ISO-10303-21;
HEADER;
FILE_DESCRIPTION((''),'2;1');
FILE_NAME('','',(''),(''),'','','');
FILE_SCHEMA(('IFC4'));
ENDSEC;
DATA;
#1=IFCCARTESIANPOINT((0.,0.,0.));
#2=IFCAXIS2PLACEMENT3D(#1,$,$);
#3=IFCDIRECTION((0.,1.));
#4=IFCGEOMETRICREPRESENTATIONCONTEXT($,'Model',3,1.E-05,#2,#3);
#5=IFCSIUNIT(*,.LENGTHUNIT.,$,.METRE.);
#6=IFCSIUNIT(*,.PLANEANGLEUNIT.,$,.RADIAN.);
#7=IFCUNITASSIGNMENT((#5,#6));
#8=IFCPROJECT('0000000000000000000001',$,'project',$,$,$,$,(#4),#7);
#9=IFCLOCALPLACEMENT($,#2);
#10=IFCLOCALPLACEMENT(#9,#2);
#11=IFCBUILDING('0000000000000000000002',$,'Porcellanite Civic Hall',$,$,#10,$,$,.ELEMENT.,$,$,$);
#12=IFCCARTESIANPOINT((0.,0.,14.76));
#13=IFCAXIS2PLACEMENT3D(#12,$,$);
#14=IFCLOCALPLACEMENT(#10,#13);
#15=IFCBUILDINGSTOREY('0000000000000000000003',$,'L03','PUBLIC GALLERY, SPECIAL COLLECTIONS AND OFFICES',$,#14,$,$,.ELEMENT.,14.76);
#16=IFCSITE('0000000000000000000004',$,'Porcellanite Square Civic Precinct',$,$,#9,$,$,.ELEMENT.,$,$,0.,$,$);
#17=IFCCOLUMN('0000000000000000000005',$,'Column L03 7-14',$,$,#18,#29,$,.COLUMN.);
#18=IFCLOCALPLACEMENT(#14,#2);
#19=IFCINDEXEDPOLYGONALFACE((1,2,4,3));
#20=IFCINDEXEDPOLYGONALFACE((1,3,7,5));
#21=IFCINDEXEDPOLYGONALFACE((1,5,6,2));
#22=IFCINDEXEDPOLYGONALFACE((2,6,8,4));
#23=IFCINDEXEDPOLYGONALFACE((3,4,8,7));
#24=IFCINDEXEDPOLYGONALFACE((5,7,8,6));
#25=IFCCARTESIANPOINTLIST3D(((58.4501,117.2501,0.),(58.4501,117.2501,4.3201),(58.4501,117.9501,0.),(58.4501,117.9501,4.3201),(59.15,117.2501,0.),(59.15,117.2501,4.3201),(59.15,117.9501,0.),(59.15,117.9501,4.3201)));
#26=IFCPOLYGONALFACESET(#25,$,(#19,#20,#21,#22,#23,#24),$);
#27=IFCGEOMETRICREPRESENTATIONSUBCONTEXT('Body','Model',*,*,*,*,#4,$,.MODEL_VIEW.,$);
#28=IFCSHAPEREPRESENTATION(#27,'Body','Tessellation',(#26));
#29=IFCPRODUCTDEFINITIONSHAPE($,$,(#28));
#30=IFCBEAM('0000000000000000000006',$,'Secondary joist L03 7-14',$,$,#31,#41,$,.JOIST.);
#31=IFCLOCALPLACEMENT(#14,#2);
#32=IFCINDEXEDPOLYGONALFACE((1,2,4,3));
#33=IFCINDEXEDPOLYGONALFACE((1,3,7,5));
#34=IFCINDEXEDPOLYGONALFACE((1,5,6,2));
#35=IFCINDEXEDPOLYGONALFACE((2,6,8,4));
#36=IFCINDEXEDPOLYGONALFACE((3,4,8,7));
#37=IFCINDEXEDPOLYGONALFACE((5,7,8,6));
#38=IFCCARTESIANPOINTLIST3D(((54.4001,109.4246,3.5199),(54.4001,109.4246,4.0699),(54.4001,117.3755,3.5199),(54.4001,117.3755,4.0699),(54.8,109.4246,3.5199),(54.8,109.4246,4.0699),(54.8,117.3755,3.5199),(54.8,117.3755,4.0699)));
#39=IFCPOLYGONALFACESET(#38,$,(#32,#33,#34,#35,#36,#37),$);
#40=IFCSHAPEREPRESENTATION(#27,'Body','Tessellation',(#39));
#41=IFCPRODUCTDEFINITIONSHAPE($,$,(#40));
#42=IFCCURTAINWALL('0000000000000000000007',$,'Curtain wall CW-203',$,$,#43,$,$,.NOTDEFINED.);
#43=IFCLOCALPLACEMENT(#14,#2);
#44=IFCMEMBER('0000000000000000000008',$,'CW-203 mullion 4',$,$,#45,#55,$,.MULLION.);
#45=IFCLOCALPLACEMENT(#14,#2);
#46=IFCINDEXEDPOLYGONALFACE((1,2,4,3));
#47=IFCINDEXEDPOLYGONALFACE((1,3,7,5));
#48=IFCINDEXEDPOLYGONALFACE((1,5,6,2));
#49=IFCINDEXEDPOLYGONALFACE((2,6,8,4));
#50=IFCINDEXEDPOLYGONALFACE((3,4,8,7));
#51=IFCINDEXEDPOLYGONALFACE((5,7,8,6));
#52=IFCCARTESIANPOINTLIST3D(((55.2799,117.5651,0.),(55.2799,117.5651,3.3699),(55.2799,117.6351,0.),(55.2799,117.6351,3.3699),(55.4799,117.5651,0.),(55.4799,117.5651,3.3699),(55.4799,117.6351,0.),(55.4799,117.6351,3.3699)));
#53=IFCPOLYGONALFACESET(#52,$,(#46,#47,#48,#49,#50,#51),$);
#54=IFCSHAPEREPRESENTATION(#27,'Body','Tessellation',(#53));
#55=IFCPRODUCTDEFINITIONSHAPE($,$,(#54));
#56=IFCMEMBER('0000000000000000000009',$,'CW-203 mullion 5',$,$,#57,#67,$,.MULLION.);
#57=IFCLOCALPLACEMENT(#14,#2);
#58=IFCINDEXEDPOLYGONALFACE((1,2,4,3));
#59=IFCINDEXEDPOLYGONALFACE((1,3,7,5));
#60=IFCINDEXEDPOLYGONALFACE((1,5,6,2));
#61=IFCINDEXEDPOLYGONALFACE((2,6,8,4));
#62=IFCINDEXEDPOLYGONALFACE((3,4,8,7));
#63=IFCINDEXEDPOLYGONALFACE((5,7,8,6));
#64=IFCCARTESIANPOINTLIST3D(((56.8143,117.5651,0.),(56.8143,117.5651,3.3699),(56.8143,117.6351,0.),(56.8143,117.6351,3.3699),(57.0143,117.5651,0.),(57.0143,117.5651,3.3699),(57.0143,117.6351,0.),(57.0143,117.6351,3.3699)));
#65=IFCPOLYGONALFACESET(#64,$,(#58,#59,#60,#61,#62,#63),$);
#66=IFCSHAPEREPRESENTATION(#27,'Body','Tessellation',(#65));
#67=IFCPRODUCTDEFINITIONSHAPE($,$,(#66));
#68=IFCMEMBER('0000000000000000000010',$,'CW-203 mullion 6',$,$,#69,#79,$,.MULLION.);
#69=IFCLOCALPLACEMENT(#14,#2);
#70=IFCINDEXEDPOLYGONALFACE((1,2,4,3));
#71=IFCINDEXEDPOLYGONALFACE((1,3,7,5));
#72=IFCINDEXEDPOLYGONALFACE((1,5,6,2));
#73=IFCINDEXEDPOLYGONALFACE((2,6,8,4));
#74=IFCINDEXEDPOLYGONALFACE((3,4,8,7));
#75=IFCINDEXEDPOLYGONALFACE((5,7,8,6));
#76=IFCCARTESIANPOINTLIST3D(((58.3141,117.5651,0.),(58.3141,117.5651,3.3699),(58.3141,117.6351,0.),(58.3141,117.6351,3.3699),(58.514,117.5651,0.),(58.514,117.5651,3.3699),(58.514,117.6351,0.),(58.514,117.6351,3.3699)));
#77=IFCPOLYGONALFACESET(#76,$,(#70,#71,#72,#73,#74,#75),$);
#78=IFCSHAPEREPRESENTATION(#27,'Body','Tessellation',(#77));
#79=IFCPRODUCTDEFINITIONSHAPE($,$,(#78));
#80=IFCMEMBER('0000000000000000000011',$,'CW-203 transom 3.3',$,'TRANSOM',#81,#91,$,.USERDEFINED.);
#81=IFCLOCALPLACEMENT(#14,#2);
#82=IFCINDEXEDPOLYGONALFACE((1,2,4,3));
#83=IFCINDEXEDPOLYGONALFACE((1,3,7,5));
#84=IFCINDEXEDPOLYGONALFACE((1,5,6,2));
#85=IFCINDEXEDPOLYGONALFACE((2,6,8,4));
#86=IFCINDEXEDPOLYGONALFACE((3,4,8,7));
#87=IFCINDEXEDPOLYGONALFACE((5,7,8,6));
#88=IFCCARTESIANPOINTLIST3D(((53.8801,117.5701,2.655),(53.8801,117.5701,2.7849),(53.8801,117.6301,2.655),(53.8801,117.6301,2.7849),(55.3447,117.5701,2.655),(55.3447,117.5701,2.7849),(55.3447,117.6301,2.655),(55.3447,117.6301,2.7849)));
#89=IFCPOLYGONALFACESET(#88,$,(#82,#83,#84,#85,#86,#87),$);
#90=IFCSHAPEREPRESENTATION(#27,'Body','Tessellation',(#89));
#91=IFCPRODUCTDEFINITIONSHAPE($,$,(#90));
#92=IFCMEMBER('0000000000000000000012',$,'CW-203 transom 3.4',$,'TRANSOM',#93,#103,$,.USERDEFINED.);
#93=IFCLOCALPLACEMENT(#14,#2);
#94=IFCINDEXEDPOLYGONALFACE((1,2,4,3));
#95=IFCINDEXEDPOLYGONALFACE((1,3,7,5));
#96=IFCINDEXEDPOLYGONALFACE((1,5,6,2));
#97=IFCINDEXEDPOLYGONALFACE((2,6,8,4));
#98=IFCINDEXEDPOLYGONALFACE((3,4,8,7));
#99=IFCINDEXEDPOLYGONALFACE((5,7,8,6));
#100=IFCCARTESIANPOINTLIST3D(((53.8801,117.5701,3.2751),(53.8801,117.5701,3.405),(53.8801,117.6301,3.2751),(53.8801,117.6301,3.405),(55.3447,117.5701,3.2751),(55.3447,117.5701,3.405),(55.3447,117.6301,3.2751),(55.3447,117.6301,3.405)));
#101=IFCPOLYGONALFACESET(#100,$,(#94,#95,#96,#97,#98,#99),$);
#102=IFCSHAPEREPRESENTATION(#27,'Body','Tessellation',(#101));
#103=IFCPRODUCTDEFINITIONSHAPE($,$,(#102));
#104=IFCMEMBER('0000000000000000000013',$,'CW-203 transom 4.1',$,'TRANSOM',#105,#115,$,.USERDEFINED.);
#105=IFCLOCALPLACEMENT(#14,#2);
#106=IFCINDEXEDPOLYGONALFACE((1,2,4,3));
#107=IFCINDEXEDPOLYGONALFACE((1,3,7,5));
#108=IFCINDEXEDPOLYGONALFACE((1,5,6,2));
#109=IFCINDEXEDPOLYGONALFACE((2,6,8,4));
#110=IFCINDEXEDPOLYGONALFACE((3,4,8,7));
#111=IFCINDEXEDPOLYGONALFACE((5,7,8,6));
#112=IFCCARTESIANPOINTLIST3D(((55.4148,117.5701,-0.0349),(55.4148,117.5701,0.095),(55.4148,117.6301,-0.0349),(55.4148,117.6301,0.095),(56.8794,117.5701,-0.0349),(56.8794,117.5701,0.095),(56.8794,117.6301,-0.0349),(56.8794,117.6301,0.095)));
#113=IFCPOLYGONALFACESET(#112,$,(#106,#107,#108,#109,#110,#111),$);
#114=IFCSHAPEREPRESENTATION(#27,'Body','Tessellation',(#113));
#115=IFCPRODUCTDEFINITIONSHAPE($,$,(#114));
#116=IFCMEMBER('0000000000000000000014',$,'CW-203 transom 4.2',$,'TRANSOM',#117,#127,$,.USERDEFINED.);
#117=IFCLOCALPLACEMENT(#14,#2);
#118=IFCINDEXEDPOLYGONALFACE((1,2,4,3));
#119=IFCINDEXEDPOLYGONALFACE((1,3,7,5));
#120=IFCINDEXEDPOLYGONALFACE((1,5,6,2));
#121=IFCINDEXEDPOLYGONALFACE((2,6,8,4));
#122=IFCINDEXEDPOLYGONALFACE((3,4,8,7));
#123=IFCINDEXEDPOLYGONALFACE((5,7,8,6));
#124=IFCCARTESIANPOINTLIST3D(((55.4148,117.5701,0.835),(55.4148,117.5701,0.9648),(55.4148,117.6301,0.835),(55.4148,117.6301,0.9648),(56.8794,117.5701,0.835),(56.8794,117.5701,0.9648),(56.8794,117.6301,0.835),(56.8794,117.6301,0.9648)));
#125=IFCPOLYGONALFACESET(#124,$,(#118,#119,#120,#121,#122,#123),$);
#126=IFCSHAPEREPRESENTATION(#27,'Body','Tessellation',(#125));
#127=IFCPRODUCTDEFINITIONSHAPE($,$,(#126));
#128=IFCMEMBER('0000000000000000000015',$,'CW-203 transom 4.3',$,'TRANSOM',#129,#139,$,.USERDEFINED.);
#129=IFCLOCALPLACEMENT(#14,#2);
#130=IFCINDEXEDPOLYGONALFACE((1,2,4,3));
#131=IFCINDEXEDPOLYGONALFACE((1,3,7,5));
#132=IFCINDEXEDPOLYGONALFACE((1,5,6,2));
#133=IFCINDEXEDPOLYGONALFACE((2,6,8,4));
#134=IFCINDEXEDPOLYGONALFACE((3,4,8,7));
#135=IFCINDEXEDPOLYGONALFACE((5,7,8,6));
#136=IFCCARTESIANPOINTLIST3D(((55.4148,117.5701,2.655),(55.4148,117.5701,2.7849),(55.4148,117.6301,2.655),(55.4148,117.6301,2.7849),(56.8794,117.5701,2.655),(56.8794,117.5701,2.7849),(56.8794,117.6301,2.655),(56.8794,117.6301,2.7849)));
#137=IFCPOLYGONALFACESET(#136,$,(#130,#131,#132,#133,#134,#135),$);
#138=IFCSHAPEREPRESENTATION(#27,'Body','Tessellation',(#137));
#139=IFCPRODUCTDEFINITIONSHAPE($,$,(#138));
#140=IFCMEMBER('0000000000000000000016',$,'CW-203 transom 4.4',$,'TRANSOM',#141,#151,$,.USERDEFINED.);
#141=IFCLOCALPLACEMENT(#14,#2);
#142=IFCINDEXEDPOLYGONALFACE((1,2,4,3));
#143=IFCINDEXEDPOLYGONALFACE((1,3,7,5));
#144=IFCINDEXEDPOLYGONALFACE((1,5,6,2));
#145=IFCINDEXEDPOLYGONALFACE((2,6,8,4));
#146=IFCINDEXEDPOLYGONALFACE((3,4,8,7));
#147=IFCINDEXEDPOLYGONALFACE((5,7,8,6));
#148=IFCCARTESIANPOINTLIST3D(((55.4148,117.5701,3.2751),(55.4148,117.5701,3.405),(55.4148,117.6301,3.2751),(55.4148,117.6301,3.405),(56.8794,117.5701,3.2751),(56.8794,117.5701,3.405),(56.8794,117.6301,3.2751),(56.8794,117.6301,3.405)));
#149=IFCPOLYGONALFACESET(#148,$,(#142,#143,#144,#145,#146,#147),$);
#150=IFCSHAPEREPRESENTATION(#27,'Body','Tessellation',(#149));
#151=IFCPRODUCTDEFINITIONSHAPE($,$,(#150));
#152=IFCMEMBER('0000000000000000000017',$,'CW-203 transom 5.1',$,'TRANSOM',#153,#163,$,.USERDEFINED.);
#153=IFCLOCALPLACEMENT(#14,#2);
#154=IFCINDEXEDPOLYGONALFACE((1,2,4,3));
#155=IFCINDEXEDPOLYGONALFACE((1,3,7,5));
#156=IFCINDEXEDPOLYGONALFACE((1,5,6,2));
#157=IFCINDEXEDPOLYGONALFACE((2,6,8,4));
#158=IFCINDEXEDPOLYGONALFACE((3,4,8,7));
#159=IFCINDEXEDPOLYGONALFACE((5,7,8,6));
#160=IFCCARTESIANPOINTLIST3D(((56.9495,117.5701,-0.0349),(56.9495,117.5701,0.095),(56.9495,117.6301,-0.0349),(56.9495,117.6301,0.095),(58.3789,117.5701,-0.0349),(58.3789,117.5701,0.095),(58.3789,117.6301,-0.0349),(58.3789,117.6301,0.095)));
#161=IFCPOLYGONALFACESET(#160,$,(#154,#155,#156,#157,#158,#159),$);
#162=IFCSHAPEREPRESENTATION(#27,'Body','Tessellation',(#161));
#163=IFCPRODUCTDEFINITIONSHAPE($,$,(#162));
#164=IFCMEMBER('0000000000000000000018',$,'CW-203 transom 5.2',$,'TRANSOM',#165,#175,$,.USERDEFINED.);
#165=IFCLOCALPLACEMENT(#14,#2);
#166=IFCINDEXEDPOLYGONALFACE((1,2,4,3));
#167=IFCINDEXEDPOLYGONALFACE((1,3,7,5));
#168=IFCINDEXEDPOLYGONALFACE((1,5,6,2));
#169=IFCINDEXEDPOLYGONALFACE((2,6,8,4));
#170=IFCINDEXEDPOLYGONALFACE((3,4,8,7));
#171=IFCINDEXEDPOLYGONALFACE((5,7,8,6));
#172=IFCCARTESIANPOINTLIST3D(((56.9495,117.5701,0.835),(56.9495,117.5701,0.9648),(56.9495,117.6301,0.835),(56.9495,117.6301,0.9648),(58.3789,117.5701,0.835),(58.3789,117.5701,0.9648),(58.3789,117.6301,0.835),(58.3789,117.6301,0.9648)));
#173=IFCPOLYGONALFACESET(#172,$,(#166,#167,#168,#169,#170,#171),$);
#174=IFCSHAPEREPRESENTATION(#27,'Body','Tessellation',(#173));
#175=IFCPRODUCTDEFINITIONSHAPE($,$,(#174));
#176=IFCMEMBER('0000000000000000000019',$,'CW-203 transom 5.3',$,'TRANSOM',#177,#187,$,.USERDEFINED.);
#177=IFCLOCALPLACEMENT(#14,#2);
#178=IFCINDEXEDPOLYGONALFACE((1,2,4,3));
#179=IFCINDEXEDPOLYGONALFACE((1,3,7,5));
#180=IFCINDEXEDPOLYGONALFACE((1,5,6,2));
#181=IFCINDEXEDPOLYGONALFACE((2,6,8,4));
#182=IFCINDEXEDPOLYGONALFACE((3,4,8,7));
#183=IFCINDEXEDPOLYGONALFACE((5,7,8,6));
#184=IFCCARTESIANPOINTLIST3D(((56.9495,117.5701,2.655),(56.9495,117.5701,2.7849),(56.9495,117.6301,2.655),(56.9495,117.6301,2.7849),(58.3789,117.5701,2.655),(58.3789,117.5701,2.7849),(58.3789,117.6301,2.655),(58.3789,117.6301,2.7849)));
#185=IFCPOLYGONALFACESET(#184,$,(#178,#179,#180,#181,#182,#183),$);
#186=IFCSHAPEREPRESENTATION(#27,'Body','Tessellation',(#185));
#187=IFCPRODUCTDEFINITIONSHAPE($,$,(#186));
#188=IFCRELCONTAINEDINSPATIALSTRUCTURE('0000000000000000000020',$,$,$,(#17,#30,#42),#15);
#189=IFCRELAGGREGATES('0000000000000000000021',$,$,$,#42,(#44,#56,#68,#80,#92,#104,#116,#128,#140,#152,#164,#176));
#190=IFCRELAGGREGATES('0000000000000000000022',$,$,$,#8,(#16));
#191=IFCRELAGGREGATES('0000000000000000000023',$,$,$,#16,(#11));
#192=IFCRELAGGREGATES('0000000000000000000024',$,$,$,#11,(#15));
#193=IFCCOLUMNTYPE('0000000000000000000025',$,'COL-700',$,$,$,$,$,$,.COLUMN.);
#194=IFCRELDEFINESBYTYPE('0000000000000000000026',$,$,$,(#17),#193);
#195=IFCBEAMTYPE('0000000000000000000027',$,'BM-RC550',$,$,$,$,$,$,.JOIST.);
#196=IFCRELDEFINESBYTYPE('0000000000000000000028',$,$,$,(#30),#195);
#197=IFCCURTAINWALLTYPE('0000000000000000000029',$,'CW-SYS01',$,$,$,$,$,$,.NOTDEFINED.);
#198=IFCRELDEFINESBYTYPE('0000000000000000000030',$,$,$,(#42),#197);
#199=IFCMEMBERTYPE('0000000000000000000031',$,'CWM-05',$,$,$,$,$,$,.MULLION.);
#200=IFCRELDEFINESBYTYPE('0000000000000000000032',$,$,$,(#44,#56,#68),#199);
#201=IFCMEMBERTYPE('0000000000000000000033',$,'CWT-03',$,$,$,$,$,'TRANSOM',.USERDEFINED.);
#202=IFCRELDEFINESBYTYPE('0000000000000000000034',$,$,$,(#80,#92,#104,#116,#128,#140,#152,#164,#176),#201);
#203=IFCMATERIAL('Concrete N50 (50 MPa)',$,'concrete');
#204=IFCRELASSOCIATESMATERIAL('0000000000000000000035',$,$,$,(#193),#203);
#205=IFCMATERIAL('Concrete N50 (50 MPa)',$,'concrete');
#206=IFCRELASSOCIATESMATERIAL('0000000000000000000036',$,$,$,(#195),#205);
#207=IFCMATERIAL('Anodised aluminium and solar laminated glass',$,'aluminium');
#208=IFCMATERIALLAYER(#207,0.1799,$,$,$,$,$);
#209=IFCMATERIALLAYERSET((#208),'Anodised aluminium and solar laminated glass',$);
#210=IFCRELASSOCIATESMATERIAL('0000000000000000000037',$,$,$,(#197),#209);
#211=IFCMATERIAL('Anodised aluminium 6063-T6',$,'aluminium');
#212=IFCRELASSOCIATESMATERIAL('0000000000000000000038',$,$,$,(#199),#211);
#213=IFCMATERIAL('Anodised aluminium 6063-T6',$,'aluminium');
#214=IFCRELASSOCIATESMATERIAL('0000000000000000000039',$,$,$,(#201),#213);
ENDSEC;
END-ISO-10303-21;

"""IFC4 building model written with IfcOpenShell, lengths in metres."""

from ifc_helpers import new_model, si_unit, direction, frame, origin, origin_2d, place, context, subcontext, project, spatial, rectangle, extrude, material, layer, layer_set, material_profile, profile_set, type_object, element, aggregate, save


model = new_model("IFC4")

# Units and contexts
model_context = context("Model", 3, precision=1e-05, world=origin(), true_north=direction((0.0, 1.0)))
body_context = subcontext(model_context, "Body", "Model", "MODEL_VIEW")
ifc_project = project(units=[si_unit("LENGTHUNIT", "METRE"), si_unit("PLANEANGLEUNIT", "RADIAN")], contexts=[model_context])

# Site, building, storey
site_placement = place(None, origin())
site = spatial("IfcSite", under=ifc_project, at=site_placement, Name="Porcellanite Square Civic Precinct", CompositionType="ELEMENT", RefElevation=0.0)
building_placement = place(site_placement, origin())
building = spatial("IfcBuilding", under=site, at=building_placement, Name="Porcellanite Civic Hall", CompositionType="ELEMENT")
storey_placement = place(building_placement, frame((0.0, 0.0, 14.76)))
storey = spatial("IfcBuildingStorey", under=building, at=storey_placement, Name="L03", Description="PUBLIC GALLERY, SPECIAL COLLECTIONS AND OFFICES", CompositionType="ELEMENT", Elevation=14.76)

# Column
ifc_material_1 = material(Name="Concrete N50 (50 MPa)", Category="concrete")
ifc_material_profile_1 = material_profile(ifc_material_1, rectangle(XDim=0.7, YDim=0.7, at=origin_2d()), Name="RC-700x700")
ifc_profile_set_1 = profile_set([ifc_material_profile_1], Name="Concrete N50 (50 MPa)")
column_type = type_object("IfcColumnType", Name="COL-700", PredefinedType="COLUMN", material=ifc_profile_set_1)
column_placement = place(storey_placement, frame((58.8, 117.6001, 0.0), z_axis=(0.0, 0.0, 1.0), x_axis=(1.0, 0.0, 0.0)))
element("IfcColumn", 1, at=column_placement, inside=storey, type_object=column_type, Name="Column L03 7-14", PredefinedType="COLUMN", context=body_context, shape_type="SweptSolid", body=[
    extrude(rectangle(XDim=0.7, YDim=0.7, at=origin_2d()), origin(), (0.0, 0.0, 1.0), 4.3201),
])

# Beam
ifc_material_2 = material(Name="Concrete N50 (50 MPa)", Category="concrete")
ifc_material_profile_2 = material_profile(ifc_material_2, rectangle(XDim=0.3999, YDim=0.55, at=origin_2d()), Name="RC-400x550")
ifc_profile_set_2 = profile_set([ifc_material_profile_2], Name="Concrete N50 (50 MPa)")
beam_type_1 = type_object("IfcBeamType", Name="BM-RC550", PredefinedType="JOIST", material=ifc_profile_set_2)
beam_1_placement = place(storey_placement, frame((54.6001, 109.4246, 3.7949), z_axis=(0.0, 1.0, 0.0), x_axis=(-1.0, 0.0, 0.0)))
element("IfcBeam", 2, at=beam_1_placement, inside=storey, type_object=beam_type_1, Name="Secondary joist L03 7-14", PredefinedType="JOIST", context=body_context, shape_type="SweptSolid", body=[
    extrude(rectangle(XDim=0.3999, YDim=0.55, at=origin_2d()), origin(), (0.0, 0.0, 1.0), 7.9509),
])

# Curtain wall, members
ifc_material_3 = material(Name="Anodised aluminium and solar laminated glass", Category="aluminium")
ifc_layer_1 = layer(ifc_material_3, 0.1799)
ifc_layer_set_1 = layer_set([ifc_layer_1], Name="Anodised aluminium and solar laminated glass")
curtain_wall_type = type_object("IfcCurtainWallType", Name="CW-SYS01", PredefinedType="NOTDEFINED", material=ifc_layer_set_1)
curtain_wall_placement = place(storey_placement, origin())
curtain_wall = element("IfcCurtainWall", 3, at=curtain_wall_placement, inside=storey, type_object=curtain_wall_type, Name="Curtain wall CW-203", PredefinedType="NOTDEFINED")
ifc_material_4 = material(Name="Anodised aluminium 6063-T6", Category="aluminium")
ifc_material_profile_3 = material_profile(ifc_material_4, rectangle(XDim=0.0701, YDim=0.2, at=origin_2d()), Name="AL-70x200")
ifc_profile_set_3 = profile_set([ifc_material_profile_3], Name="Anodised aluminium 6063-T6")
member_type_1 = type_object("IfcMemberType", Name="CWM-05", PredefinedType="MULLION", material=ifc_profile_set_3)
member_1_placement = place(storey_placement, frame((55.3799, 117.6001, 0.0), z_axis=(0.0, 0.0, 1.0), x_axis=(0.0, 1.0, 0.0)))
member_1 = element("IfcMember", 4, at=member_1_placement, type_object=member_type_1, Name="CW-203 mullion 4", PredefinedType="MULLION", context=body_context, shape_type="SweptSolid", body=[
    extrude(rectangle(XDim=0.0701, YDim=0.2, at=origin_2d()), origin(), (0.0, 0.0, 1.0), 3.3699),
])
member_2_placement = place(storey_placement, frame((56.9143, 117.6001, 0.0), z_axis=(0.0, 0.0, 1.0), x_axis=(0.0, 1.0, 0.0)))
member_2 = element("IfcMember", 5, at=member_2_placement, type_object=member_type_1, Name="CW-203 mullion 5", PredefinedType="MULLION", context=body_context, shape_type="SweptSolid", body=[
    extrude(rectangle(XDim=0.0701, YDim=0.2, at=origin_2d()), origin(), (0.0, 0.0, 1.0), 3.3699),
])
member_3_placement = place(storey_placement, frame((58.4141, 117.6001, 0.0), z_axis=(0.0, 0.0, 1.0), x_axis=(0.0, 1.0, 0.0)))
member_3 = element("IfcMember", 6, at=member_3_placement, type_object=member_type_1, Name="CW-203 mullion 6", PredefinedType="MULLION", context=body_context, shape_type="SweptSolid", body=[
    extrude(rectangle(XDim=0.0701, YDim=0.2, at=origin_2d()), origin(), (0.0, 0.0, 1.0), 3.3699),
])
ifc_material_5 = material(Name="Anodised aluminium 6063-T6", Category="aluminium")
ifc_material_profile_4 = material_profile(ifc_material_5, rectangle(XDim=0.0601, YDim=0.1299, at=origin_2d()), Name="AL-60x130")
ifc_profile_set_4 = profile_set([ifc_material_profile_4], Name="Anodised aluminium 6063-T6")
member_type_2 = type_object("IfcMemberType", Name="CWT-03", ElementType="TRANSOM", PredefinedType="USERDEFINED", material=ifc_profile_set_4)
member_4_placement = place(storey_placement, frame((53.8801, 117.6001, 2.72), z_axis=(1.0, 0.0, 0.0), x_axis=(0.0, 1.0, 0.0)))
member_4 = element("IfcMember", 7, at=member_4_placement, type_object=member_type_2, Name="CW-203 transom 3.3", ObjectType="TRANSOM", PredefinedType="USERDEFINED", context=body_context, shape_type="SweptSolid", body=[
    extrude(rectangle(XDim=0.0601, YDim=0.1299, at=origin_2d()), origin(), (0.0, 0.0, 1.0), 1.4646),
])
member_5_placement = place(storey_placement, frame((53.8801, 117.6001, 3.3401), z_axis=(1.0, 0.0, 0.0), x_axis=(0.0, 1.0, 0.0)))
member_5 = element("IfcMember", 8, at=member_5_placement, type_object=member_type_2, Name="CW-203 transom 3.4", ObjectType="TRANSOM", PredefinedType="USERDEFINED", context=body_context, shape_type="SweptSolid", body=[
    extrude(rectangle(XDim=0.0601, YDim=0.1299, at=origin_2d()), origin(), (0.0, 0.0, 1.0), 1.4646),
])
member_6_placement = place(storey_placement, frame((55.4148, 117.6001, 0.03), z_axis=(1.0, 0.0, 0.0), x_axis=(0.0, 1.0, 0.0)))
member_6 = element("IfcMember", 9, at=member_6_placement, type_object=member_type_2, Name="CW-203 transom 4.1", ObjectType="TRANSOM", PredefinedType="USERDEFINED", context=body_context, shape_type="SweptSolid", body=[
    extrude(rectangle(XDim=0.0601, YDim=0.1299, at=origin_2d()), origin(), (0.0, 0.0, 1.0), 1.4646),
])
member_7_placement = place(storey_placement, frame((55.4148, 117.6001, 0.8999), z_axis=(1.0, 0.0, 0.0), x_axis=(0.0, 1.0, 0.0)))
member_7 = element("IfcMember", 10, at=member_7_placement, type_object=member_type_2, Name="CW-203 transom 4.2", ObjectType="TRANSOM", PredefinedType="USERDEFINED", context=body_context, shape_type="SweptSolid", body=[
    extrude(rectangle(XDim=0.0601, YDim=0.1299, at=origin_2d()), origin(), (0.0, 0.0, 1.0), 1.4646),
])
member_8_placement = place(storey_placement, frame((55.4148, 117.6001, 2.72), z_axis=(1.0, 0.0, 0.0), x_axis=(0.0, 1.0, 0.0)))
member_8 = element("IfcMember", 11, at=member_8_placement, type_object=member_type_2, Name="CW-203 transom 4.3", ObjectType="TRANSOM", PredefinedType="USERDEFINED", context=body_context, shape_type="SweptSolid", body=[
    extrude(rectangle(XDim=0.0601, YDim=0.1299, at=origin_2d()), origin(), (0.0, 0.0, 1.0), 1.4646),
])
member_9_placement = place(storey_placement, frame((55.4148, 117.6001, 3.3401), z_axis=(1.0, 0.0, 0.0), x_axis=(0.0, 1.0, 0.0)))
member_9 = element("IfcMember", 12, at=member_9_placement, type_object=member_type_2, Name="CW-203 transom 4.4", ObjectType="TRANSOM", PredefinedType="USERDEFINED", context=body_context, shape_type="SweptSolid", body=[
    extrude(rectangle(XDim=0.0601, YDim=0.1299, at=origin_2d()), origin(), (0.0, 0.0, 1.0), 1.4646),
])
member_10_placement = place(storey_placement, frame((56.9495, 117.6001, 0.03), z_axis=(1.0, 0.0, 0.0), x_axis=(0.0, 1.0, 0.0)))
member_10 = element("IfcMember", 13, at=member_10_placement, type_object=member_type_2, Name="CW-203 transom 5.1", ObjectType="TRANSOM", PredefinedType="USERDEFINED", context=body_context, shape_type="SweptSolid", body=[
    extrude(rectangle(XDim=0.0601, YDim=0.1299, at=origin_2d()), origin(), (0.0, 0.0, 1.0), 1.4294),
])
member_11_placement = place(storey_placement, frame((56.9495, 117.6001, 0.8999), z_axis=(1.0, 0.0, 0.0), x_axis=(0.0, 1.0, 0.0)))
member_11 = element("IfcMember", 14, at=member_11_placement, type_object=member_type_2, Name="CW-203 transom 5.2", ObjectType="TRANSOM", PredefinedType="USERDEFINED", context=body_context, shape_type="SweptSolid", body=[
    extrude(rectangle(XDim=0.0601, YDim=0.1299, at=origin_2d()), origin(), (0.0, 0.0, 1.0), 1.4294),
])
member_12_placement = place(storey_placement, frame((56.9495, 117.6001, 2.72), z_axis=(1.0, 0.0, 0.0), x_axis=(0.0, 1.0, 0.0)))
member_12 = element("IfcMember", 15, at=member_12_placement, type_object=member_type_2, Name="CW-203 transom 5.3", ObjectType="TRANSOM", PredefinedType="USERDEFINED", context=body_context, shape_type="SweptSolid", body=[
    extrude(rectangle(XDim=0.0601, YDim=0.1299, at=origin_2d()), origin(), (0.0, 0.0, 1.0), 1.4294),
])

aggregate(curtain_wall, [member_1, member_2, member_3, member_4, member_5, member_6, member_7, member_8, member_9, member_10, member_11, member_12])

save(model, "model.ifc")
